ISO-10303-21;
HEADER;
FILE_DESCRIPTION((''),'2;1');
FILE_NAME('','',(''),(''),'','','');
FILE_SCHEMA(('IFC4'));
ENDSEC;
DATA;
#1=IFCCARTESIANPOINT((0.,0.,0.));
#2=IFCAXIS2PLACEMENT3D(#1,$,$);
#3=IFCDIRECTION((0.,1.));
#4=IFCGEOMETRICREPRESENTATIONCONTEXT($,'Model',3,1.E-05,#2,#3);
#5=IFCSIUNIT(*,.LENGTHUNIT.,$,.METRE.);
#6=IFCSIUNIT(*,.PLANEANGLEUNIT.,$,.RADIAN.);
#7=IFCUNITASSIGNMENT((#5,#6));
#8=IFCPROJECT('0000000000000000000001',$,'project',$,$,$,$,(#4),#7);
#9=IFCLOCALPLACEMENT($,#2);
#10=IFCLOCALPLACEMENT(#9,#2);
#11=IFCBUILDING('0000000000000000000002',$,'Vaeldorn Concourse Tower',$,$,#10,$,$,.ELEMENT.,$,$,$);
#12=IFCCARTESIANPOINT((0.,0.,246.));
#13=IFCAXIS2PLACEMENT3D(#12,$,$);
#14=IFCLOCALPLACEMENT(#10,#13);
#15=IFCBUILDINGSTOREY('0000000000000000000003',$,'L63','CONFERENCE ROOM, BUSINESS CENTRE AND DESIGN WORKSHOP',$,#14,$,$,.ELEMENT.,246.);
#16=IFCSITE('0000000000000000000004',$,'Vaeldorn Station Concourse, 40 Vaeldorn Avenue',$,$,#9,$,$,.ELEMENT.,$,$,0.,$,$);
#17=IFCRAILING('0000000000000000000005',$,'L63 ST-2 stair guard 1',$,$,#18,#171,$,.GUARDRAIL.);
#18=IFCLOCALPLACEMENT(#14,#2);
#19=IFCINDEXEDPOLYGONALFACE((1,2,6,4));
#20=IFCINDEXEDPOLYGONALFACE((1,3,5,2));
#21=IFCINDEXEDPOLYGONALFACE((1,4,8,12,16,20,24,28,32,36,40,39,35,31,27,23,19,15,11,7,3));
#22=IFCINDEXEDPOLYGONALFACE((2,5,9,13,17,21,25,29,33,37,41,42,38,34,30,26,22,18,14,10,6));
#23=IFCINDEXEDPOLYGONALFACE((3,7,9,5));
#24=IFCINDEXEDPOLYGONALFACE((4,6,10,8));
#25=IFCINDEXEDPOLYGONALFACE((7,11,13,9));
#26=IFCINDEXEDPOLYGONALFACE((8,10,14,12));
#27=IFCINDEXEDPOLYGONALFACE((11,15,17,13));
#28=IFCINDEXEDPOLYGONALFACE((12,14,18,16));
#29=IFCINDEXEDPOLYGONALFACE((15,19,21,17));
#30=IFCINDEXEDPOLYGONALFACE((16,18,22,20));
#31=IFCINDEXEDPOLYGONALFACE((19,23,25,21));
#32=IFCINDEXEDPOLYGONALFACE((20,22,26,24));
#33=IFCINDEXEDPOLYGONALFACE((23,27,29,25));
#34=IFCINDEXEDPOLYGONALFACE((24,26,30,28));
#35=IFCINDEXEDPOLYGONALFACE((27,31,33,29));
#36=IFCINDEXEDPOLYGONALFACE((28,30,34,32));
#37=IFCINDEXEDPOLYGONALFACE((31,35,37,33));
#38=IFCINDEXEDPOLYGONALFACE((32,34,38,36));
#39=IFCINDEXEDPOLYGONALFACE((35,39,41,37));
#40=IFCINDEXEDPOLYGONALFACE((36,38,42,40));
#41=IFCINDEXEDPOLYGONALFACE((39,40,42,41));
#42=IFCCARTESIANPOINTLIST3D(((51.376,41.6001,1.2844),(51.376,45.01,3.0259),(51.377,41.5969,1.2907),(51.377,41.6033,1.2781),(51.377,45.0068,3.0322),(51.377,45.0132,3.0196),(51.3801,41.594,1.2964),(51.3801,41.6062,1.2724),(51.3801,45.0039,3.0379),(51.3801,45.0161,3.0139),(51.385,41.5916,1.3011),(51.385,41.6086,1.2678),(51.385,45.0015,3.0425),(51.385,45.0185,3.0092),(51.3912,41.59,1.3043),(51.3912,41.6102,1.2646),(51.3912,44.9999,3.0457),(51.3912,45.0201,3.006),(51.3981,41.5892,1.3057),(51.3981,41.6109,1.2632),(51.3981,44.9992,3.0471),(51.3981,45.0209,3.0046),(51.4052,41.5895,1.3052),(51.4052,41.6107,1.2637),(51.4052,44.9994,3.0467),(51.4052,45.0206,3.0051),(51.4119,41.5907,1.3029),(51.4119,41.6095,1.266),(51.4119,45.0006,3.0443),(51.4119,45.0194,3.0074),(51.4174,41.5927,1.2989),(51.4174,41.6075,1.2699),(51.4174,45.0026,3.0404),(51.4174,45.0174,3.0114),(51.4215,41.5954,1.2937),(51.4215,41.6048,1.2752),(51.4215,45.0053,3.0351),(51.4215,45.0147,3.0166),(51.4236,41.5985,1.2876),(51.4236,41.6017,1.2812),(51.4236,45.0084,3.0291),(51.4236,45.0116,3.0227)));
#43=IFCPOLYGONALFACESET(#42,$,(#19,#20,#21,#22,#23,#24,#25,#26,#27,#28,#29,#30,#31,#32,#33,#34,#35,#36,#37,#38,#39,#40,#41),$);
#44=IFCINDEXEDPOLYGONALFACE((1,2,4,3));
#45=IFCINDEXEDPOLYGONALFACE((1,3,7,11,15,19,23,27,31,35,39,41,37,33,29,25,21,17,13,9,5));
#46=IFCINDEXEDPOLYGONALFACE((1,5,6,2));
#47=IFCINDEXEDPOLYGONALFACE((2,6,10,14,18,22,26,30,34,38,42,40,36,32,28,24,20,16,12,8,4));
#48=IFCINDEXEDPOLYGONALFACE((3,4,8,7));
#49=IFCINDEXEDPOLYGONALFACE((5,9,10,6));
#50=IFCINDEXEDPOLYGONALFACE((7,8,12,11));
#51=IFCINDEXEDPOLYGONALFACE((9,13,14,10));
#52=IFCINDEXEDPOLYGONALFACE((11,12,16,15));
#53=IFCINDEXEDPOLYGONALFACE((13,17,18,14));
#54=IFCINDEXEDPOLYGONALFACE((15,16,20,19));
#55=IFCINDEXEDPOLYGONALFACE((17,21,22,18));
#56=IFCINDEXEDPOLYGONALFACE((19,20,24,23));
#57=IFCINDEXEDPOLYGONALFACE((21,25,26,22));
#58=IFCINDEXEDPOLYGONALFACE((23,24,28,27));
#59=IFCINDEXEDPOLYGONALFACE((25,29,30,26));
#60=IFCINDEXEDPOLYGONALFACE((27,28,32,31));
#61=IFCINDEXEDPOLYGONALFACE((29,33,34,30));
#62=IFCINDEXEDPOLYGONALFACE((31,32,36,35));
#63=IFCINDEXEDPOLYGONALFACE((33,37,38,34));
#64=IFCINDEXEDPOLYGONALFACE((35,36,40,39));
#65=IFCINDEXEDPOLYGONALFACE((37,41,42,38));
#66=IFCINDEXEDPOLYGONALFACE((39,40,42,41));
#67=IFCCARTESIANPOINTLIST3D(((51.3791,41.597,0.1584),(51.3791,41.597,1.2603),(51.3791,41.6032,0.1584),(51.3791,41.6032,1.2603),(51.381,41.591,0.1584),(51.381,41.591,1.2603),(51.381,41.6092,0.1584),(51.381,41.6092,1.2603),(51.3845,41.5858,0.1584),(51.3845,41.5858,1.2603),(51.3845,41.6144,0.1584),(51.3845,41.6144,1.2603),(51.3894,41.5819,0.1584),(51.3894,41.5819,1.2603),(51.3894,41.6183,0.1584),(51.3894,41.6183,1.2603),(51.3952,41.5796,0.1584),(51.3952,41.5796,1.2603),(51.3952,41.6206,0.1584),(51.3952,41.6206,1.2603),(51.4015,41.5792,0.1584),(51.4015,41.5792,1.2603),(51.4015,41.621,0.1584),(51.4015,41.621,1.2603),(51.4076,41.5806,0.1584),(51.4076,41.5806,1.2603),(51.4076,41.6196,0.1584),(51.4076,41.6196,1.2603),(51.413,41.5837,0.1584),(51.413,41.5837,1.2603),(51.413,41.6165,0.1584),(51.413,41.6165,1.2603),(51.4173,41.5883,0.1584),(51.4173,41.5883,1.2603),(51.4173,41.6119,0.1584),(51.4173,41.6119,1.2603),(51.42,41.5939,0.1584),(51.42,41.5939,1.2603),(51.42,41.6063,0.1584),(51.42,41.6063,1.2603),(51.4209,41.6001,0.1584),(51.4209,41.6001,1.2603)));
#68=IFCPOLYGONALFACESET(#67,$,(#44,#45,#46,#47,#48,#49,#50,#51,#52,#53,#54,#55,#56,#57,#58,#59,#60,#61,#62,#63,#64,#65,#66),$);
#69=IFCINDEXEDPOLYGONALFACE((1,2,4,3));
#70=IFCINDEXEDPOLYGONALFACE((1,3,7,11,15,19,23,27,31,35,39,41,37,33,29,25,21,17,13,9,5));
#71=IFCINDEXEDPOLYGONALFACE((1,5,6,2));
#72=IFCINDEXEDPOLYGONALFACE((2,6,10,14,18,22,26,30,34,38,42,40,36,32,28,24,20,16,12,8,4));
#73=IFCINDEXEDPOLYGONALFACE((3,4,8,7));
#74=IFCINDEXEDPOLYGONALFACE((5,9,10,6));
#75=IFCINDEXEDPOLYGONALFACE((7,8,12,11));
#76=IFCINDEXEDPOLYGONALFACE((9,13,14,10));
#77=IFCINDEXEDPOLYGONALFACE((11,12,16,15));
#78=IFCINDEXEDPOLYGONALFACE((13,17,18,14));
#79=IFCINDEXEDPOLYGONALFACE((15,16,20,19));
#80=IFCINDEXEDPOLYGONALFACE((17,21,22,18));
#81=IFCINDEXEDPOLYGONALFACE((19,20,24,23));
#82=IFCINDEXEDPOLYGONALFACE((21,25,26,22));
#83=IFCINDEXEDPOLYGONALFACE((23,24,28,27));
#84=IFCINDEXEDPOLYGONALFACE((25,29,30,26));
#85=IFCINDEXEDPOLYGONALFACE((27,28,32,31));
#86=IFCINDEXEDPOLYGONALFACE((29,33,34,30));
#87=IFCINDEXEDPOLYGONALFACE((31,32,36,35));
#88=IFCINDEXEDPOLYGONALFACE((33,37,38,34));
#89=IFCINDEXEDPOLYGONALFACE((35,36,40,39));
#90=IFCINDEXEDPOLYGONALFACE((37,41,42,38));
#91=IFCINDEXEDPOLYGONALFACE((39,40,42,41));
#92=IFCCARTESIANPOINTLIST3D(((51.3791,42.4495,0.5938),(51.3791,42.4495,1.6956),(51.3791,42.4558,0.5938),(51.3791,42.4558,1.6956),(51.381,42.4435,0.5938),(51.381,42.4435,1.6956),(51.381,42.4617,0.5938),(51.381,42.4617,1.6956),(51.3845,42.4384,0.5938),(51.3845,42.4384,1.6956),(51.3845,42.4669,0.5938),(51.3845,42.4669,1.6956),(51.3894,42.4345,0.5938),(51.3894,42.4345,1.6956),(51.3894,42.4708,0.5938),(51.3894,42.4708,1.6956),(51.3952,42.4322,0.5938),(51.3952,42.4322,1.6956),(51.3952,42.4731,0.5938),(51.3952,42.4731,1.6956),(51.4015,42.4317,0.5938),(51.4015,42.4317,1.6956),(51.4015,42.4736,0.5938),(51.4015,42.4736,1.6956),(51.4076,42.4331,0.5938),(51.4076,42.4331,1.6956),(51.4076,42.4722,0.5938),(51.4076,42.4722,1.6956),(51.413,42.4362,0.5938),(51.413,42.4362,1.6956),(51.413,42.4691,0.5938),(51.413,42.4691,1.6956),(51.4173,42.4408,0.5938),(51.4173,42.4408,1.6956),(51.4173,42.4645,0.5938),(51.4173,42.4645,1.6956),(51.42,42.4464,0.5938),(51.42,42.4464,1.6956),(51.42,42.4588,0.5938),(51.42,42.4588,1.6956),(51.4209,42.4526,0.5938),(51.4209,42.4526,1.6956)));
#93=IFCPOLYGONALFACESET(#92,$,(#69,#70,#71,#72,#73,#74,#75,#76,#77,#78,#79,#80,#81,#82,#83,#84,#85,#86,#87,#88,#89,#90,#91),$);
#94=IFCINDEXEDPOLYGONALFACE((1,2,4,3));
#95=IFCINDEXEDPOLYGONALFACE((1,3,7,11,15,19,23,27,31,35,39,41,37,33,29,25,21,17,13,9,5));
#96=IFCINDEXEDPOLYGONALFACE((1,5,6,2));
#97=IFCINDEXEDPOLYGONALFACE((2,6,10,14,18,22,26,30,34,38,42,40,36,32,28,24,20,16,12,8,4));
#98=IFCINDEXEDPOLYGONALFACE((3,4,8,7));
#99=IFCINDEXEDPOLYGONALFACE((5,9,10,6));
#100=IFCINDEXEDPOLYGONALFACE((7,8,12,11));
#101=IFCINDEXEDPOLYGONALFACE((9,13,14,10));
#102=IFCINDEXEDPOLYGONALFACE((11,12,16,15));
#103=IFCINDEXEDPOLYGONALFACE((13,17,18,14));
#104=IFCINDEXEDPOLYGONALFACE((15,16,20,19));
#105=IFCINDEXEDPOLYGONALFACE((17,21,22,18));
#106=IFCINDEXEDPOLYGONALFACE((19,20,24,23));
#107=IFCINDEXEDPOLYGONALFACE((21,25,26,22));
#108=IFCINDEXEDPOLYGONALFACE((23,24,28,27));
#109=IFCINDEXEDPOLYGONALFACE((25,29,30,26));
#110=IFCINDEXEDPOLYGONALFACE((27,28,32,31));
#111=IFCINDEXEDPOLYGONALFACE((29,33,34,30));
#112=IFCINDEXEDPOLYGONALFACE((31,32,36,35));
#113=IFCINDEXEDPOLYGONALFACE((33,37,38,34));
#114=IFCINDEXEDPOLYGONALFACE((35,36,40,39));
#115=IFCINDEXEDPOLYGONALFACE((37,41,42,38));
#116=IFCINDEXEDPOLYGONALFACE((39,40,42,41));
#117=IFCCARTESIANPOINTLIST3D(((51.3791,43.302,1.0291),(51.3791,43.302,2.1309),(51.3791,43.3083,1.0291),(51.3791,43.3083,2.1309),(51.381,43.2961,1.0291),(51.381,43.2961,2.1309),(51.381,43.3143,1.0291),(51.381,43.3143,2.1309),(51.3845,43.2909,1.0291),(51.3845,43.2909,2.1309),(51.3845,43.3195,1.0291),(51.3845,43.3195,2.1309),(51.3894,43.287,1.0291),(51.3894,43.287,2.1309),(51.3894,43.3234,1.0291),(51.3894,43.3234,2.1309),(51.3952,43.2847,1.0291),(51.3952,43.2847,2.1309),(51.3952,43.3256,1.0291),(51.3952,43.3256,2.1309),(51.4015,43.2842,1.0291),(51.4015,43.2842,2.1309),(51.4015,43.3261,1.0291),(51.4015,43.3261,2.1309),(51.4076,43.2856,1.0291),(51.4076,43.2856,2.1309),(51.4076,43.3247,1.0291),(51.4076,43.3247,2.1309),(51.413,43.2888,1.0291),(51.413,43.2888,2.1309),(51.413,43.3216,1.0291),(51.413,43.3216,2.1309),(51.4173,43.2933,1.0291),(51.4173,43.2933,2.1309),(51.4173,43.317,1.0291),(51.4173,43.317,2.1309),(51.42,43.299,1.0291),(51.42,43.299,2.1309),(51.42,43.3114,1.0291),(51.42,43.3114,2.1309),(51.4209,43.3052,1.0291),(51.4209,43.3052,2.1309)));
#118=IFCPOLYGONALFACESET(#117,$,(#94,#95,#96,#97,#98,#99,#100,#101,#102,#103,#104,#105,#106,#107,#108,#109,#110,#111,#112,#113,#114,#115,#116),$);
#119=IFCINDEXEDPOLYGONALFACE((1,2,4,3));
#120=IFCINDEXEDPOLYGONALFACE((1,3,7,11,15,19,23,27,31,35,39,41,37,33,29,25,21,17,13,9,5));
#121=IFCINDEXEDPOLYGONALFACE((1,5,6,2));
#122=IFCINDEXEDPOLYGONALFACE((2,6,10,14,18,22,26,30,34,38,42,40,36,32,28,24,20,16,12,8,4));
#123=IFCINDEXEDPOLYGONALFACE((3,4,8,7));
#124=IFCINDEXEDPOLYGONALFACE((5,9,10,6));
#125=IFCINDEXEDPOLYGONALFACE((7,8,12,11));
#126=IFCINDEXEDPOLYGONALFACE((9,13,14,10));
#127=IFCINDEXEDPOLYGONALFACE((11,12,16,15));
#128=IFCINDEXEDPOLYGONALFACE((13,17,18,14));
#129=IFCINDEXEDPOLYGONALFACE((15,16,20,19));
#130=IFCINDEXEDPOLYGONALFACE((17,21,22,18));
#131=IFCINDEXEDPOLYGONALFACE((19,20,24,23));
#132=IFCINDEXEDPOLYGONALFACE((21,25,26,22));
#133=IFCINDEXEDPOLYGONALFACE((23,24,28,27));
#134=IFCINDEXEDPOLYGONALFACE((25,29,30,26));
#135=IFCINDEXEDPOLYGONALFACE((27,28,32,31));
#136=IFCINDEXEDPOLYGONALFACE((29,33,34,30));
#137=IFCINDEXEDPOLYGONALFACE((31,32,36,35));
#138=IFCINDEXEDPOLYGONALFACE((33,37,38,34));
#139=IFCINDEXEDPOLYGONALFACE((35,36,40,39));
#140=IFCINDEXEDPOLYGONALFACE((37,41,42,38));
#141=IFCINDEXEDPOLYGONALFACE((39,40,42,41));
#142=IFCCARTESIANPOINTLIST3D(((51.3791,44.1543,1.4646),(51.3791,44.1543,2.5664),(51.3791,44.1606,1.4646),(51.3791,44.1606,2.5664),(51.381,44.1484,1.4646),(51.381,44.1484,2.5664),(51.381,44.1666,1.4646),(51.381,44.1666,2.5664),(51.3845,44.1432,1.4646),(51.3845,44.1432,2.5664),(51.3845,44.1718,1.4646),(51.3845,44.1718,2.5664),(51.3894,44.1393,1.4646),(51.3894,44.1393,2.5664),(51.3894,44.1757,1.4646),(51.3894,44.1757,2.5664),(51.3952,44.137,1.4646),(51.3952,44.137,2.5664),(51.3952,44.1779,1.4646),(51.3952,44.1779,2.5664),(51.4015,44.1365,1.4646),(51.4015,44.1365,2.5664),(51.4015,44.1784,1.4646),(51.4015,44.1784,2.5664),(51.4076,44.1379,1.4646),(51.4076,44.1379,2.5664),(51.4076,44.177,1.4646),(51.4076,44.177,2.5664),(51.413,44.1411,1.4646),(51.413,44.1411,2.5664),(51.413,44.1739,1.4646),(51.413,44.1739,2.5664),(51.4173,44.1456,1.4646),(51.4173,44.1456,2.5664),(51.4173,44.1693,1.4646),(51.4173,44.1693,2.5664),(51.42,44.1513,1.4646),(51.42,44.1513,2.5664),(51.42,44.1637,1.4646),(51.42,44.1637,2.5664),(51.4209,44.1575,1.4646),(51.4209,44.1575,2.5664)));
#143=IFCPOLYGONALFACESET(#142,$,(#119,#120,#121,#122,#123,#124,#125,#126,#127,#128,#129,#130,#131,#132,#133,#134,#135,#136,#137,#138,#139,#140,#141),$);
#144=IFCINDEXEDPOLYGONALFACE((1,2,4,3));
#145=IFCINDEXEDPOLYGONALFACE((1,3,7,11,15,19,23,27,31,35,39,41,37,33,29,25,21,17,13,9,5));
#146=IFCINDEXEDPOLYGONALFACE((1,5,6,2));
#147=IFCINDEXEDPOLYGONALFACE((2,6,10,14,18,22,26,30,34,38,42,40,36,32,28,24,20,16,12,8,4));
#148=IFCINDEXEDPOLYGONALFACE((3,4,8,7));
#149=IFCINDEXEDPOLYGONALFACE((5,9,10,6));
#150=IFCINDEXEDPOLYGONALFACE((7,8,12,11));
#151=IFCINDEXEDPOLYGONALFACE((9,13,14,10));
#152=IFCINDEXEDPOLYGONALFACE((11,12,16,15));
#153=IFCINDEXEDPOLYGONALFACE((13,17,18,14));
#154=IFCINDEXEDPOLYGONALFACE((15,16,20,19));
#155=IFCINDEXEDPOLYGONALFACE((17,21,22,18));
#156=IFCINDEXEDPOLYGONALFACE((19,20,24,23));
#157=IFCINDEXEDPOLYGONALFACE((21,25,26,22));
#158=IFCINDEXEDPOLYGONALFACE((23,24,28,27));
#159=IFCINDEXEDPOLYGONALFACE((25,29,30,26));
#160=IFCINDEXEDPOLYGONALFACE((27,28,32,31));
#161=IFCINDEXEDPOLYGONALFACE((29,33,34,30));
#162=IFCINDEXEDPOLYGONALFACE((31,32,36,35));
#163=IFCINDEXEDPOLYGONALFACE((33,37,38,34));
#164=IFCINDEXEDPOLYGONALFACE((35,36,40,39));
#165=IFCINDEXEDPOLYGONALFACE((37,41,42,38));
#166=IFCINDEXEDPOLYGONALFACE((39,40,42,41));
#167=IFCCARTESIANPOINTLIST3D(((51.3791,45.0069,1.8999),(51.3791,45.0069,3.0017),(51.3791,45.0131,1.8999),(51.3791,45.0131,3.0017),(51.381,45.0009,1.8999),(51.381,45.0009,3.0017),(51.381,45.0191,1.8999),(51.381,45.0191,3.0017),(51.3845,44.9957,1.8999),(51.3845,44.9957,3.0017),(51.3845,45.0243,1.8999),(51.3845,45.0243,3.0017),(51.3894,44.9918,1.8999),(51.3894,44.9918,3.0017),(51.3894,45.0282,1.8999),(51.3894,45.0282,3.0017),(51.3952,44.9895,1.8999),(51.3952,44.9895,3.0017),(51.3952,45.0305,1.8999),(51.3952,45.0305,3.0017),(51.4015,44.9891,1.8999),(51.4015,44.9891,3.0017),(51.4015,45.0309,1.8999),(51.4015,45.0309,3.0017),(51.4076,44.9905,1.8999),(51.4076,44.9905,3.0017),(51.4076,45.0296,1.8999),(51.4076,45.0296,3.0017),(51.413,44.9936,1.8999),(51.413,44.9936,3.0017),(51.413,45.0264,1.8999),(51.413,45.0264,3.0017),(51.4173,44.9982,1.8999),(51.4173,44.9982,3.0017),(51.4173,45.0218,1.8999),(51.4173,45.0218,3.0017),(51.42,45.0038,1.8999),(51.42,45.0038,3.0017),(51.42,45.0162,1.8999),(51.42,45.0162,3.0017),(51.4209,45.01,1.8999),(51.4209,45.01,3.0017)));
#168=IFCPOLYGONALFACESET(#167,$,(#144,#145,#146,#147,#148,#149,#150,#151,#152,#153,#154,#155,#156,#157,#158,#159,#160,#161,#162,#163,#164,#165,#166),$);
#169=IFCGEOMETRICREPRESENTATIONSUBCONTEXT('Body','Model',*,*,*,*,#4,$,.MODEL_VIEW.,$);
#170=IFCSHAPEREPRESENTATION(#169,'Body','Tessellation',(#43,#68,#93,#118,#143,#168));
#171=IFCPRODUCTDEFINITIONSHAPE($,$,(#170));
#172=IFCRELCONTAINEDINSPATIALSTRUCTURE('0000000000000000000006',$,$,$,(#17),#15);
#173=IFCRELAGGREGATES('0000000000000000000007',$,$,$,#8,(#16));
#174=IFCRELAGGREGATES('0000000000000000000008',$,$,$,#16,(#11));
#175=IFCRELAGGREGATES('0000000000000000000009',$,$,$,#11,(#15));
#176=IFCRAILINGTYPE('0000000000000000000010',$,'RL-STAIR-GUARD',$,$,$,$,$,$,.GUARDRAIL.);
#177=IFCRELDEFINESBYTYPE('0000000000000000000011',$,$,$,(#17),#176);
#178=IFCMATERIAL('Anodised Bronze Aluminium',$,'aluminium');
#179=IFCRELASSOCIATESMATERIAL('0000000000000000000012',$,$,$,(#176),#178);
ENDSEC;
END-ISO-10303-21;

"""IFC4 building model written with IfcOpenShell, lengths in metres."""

from ifc_helpers import new_model, si_unit, direction, frame, origin, origin_2d, place, context, subcontext, project, spatial, circle, extrude, material, type_object, element, save


model = new_model("IFC4")

# Units and contexts
model_context = context("Model", 3, precision=1e-05, world=origin(), true_north=direction((0.0, 1.0)))
body_context = subcontext(model_context, "Body", "Model", "MODEL_VIEW")
ifc_project = project(units=[si_unit("LENGTHUNIT", "METRE"), si_unit("PLANEANGLEUNIT", "RADIAN")], contexts=[model_context])

# Site, building, storey
site_placement = place(None, origin())
site = spatial("IfcSite", under=ifc_project, at=site_placement, Name="Vaeldorn Station Concourse, 40 Vaeldorn Avenue", CompositionType="ELEMENT", RefElevation=0.0)
building_placement = place(site_placement, origin())
building = spatial("IfcBuilding", under=site, at=building_placement, Name="Vaeldorn Concourse Tower", CompositionType="ELEMENT")
storey_placement = place(building_placement, frame((0.0, 0.0, 246.0)))
storey = spatial("IfcBuildingStorey", under=building, at=storey_placement, Name="L63", Description="CONFERENCE ROOM, BUSINESS CENTRE AND DESIGN WORKSHOP", CompositionType="ELEMENT", Elevation=246.0)

# Shared definitions
ifc_material_1 = material(Name="Anodised Bronze Aluminium", Category="aluminium")

# Railing
railing_type_1 = type_object("IfcRailingType", Name="RL-STAIR-GUARD", PredefinedType="GUARDRAIL", material=ifc_material_1)
railing_1_placement = place(storey_placement, frame((51.3999, 41.6001, 0.1584)))
element("IfcRailing", 1, at=railing_1_placement, inside=storey, type_object=railing_type_1, Name="L63 ST-2 stair guard 1", PredefinedType="GUARDRAIL", context=body_context, shape_type="SweptSolid", body=[
    extrude(circle(Radius=0.0239, at=origin_2d()), frame((0.0, 0.0, 1.126), z_axis=(0.0, 0.890582, 0.454823), x_axis=(-1.0, 0.0, 0.0)), (0.0, 0.0, 1.0), 3.8289),
    extrude(circle(Radius=0.021, at=origin_2d()), origin(), (0.0, 0.0, 1.0), 1.1018),
    extrude(circle(Radius=0.021, at=origin_2d()), frame((0.0, 0.8525, 0.4353)), (0.0, 0.0, 1.0), 1.1018),
    extrude(circle(Radius=0.021, at=origin_2d()), frame((0.0, 1.7051, 0.8706)), (0.0, 0.0, 1.0), 1.1018),
    extrude(circle(Radius=0.021, at=origin_2d()), frame((0.0, 2.5574, 1.3062)), (0.0, 0.0, 1.0), 1.1018),
    extrude(circle(Radius=0.021, at=origin_2d()), frame((0.0, 3.4099, 1.7415)), (0.0, 0.0, 1.0), 1.1018),
])

save(model, "model.ifc")
